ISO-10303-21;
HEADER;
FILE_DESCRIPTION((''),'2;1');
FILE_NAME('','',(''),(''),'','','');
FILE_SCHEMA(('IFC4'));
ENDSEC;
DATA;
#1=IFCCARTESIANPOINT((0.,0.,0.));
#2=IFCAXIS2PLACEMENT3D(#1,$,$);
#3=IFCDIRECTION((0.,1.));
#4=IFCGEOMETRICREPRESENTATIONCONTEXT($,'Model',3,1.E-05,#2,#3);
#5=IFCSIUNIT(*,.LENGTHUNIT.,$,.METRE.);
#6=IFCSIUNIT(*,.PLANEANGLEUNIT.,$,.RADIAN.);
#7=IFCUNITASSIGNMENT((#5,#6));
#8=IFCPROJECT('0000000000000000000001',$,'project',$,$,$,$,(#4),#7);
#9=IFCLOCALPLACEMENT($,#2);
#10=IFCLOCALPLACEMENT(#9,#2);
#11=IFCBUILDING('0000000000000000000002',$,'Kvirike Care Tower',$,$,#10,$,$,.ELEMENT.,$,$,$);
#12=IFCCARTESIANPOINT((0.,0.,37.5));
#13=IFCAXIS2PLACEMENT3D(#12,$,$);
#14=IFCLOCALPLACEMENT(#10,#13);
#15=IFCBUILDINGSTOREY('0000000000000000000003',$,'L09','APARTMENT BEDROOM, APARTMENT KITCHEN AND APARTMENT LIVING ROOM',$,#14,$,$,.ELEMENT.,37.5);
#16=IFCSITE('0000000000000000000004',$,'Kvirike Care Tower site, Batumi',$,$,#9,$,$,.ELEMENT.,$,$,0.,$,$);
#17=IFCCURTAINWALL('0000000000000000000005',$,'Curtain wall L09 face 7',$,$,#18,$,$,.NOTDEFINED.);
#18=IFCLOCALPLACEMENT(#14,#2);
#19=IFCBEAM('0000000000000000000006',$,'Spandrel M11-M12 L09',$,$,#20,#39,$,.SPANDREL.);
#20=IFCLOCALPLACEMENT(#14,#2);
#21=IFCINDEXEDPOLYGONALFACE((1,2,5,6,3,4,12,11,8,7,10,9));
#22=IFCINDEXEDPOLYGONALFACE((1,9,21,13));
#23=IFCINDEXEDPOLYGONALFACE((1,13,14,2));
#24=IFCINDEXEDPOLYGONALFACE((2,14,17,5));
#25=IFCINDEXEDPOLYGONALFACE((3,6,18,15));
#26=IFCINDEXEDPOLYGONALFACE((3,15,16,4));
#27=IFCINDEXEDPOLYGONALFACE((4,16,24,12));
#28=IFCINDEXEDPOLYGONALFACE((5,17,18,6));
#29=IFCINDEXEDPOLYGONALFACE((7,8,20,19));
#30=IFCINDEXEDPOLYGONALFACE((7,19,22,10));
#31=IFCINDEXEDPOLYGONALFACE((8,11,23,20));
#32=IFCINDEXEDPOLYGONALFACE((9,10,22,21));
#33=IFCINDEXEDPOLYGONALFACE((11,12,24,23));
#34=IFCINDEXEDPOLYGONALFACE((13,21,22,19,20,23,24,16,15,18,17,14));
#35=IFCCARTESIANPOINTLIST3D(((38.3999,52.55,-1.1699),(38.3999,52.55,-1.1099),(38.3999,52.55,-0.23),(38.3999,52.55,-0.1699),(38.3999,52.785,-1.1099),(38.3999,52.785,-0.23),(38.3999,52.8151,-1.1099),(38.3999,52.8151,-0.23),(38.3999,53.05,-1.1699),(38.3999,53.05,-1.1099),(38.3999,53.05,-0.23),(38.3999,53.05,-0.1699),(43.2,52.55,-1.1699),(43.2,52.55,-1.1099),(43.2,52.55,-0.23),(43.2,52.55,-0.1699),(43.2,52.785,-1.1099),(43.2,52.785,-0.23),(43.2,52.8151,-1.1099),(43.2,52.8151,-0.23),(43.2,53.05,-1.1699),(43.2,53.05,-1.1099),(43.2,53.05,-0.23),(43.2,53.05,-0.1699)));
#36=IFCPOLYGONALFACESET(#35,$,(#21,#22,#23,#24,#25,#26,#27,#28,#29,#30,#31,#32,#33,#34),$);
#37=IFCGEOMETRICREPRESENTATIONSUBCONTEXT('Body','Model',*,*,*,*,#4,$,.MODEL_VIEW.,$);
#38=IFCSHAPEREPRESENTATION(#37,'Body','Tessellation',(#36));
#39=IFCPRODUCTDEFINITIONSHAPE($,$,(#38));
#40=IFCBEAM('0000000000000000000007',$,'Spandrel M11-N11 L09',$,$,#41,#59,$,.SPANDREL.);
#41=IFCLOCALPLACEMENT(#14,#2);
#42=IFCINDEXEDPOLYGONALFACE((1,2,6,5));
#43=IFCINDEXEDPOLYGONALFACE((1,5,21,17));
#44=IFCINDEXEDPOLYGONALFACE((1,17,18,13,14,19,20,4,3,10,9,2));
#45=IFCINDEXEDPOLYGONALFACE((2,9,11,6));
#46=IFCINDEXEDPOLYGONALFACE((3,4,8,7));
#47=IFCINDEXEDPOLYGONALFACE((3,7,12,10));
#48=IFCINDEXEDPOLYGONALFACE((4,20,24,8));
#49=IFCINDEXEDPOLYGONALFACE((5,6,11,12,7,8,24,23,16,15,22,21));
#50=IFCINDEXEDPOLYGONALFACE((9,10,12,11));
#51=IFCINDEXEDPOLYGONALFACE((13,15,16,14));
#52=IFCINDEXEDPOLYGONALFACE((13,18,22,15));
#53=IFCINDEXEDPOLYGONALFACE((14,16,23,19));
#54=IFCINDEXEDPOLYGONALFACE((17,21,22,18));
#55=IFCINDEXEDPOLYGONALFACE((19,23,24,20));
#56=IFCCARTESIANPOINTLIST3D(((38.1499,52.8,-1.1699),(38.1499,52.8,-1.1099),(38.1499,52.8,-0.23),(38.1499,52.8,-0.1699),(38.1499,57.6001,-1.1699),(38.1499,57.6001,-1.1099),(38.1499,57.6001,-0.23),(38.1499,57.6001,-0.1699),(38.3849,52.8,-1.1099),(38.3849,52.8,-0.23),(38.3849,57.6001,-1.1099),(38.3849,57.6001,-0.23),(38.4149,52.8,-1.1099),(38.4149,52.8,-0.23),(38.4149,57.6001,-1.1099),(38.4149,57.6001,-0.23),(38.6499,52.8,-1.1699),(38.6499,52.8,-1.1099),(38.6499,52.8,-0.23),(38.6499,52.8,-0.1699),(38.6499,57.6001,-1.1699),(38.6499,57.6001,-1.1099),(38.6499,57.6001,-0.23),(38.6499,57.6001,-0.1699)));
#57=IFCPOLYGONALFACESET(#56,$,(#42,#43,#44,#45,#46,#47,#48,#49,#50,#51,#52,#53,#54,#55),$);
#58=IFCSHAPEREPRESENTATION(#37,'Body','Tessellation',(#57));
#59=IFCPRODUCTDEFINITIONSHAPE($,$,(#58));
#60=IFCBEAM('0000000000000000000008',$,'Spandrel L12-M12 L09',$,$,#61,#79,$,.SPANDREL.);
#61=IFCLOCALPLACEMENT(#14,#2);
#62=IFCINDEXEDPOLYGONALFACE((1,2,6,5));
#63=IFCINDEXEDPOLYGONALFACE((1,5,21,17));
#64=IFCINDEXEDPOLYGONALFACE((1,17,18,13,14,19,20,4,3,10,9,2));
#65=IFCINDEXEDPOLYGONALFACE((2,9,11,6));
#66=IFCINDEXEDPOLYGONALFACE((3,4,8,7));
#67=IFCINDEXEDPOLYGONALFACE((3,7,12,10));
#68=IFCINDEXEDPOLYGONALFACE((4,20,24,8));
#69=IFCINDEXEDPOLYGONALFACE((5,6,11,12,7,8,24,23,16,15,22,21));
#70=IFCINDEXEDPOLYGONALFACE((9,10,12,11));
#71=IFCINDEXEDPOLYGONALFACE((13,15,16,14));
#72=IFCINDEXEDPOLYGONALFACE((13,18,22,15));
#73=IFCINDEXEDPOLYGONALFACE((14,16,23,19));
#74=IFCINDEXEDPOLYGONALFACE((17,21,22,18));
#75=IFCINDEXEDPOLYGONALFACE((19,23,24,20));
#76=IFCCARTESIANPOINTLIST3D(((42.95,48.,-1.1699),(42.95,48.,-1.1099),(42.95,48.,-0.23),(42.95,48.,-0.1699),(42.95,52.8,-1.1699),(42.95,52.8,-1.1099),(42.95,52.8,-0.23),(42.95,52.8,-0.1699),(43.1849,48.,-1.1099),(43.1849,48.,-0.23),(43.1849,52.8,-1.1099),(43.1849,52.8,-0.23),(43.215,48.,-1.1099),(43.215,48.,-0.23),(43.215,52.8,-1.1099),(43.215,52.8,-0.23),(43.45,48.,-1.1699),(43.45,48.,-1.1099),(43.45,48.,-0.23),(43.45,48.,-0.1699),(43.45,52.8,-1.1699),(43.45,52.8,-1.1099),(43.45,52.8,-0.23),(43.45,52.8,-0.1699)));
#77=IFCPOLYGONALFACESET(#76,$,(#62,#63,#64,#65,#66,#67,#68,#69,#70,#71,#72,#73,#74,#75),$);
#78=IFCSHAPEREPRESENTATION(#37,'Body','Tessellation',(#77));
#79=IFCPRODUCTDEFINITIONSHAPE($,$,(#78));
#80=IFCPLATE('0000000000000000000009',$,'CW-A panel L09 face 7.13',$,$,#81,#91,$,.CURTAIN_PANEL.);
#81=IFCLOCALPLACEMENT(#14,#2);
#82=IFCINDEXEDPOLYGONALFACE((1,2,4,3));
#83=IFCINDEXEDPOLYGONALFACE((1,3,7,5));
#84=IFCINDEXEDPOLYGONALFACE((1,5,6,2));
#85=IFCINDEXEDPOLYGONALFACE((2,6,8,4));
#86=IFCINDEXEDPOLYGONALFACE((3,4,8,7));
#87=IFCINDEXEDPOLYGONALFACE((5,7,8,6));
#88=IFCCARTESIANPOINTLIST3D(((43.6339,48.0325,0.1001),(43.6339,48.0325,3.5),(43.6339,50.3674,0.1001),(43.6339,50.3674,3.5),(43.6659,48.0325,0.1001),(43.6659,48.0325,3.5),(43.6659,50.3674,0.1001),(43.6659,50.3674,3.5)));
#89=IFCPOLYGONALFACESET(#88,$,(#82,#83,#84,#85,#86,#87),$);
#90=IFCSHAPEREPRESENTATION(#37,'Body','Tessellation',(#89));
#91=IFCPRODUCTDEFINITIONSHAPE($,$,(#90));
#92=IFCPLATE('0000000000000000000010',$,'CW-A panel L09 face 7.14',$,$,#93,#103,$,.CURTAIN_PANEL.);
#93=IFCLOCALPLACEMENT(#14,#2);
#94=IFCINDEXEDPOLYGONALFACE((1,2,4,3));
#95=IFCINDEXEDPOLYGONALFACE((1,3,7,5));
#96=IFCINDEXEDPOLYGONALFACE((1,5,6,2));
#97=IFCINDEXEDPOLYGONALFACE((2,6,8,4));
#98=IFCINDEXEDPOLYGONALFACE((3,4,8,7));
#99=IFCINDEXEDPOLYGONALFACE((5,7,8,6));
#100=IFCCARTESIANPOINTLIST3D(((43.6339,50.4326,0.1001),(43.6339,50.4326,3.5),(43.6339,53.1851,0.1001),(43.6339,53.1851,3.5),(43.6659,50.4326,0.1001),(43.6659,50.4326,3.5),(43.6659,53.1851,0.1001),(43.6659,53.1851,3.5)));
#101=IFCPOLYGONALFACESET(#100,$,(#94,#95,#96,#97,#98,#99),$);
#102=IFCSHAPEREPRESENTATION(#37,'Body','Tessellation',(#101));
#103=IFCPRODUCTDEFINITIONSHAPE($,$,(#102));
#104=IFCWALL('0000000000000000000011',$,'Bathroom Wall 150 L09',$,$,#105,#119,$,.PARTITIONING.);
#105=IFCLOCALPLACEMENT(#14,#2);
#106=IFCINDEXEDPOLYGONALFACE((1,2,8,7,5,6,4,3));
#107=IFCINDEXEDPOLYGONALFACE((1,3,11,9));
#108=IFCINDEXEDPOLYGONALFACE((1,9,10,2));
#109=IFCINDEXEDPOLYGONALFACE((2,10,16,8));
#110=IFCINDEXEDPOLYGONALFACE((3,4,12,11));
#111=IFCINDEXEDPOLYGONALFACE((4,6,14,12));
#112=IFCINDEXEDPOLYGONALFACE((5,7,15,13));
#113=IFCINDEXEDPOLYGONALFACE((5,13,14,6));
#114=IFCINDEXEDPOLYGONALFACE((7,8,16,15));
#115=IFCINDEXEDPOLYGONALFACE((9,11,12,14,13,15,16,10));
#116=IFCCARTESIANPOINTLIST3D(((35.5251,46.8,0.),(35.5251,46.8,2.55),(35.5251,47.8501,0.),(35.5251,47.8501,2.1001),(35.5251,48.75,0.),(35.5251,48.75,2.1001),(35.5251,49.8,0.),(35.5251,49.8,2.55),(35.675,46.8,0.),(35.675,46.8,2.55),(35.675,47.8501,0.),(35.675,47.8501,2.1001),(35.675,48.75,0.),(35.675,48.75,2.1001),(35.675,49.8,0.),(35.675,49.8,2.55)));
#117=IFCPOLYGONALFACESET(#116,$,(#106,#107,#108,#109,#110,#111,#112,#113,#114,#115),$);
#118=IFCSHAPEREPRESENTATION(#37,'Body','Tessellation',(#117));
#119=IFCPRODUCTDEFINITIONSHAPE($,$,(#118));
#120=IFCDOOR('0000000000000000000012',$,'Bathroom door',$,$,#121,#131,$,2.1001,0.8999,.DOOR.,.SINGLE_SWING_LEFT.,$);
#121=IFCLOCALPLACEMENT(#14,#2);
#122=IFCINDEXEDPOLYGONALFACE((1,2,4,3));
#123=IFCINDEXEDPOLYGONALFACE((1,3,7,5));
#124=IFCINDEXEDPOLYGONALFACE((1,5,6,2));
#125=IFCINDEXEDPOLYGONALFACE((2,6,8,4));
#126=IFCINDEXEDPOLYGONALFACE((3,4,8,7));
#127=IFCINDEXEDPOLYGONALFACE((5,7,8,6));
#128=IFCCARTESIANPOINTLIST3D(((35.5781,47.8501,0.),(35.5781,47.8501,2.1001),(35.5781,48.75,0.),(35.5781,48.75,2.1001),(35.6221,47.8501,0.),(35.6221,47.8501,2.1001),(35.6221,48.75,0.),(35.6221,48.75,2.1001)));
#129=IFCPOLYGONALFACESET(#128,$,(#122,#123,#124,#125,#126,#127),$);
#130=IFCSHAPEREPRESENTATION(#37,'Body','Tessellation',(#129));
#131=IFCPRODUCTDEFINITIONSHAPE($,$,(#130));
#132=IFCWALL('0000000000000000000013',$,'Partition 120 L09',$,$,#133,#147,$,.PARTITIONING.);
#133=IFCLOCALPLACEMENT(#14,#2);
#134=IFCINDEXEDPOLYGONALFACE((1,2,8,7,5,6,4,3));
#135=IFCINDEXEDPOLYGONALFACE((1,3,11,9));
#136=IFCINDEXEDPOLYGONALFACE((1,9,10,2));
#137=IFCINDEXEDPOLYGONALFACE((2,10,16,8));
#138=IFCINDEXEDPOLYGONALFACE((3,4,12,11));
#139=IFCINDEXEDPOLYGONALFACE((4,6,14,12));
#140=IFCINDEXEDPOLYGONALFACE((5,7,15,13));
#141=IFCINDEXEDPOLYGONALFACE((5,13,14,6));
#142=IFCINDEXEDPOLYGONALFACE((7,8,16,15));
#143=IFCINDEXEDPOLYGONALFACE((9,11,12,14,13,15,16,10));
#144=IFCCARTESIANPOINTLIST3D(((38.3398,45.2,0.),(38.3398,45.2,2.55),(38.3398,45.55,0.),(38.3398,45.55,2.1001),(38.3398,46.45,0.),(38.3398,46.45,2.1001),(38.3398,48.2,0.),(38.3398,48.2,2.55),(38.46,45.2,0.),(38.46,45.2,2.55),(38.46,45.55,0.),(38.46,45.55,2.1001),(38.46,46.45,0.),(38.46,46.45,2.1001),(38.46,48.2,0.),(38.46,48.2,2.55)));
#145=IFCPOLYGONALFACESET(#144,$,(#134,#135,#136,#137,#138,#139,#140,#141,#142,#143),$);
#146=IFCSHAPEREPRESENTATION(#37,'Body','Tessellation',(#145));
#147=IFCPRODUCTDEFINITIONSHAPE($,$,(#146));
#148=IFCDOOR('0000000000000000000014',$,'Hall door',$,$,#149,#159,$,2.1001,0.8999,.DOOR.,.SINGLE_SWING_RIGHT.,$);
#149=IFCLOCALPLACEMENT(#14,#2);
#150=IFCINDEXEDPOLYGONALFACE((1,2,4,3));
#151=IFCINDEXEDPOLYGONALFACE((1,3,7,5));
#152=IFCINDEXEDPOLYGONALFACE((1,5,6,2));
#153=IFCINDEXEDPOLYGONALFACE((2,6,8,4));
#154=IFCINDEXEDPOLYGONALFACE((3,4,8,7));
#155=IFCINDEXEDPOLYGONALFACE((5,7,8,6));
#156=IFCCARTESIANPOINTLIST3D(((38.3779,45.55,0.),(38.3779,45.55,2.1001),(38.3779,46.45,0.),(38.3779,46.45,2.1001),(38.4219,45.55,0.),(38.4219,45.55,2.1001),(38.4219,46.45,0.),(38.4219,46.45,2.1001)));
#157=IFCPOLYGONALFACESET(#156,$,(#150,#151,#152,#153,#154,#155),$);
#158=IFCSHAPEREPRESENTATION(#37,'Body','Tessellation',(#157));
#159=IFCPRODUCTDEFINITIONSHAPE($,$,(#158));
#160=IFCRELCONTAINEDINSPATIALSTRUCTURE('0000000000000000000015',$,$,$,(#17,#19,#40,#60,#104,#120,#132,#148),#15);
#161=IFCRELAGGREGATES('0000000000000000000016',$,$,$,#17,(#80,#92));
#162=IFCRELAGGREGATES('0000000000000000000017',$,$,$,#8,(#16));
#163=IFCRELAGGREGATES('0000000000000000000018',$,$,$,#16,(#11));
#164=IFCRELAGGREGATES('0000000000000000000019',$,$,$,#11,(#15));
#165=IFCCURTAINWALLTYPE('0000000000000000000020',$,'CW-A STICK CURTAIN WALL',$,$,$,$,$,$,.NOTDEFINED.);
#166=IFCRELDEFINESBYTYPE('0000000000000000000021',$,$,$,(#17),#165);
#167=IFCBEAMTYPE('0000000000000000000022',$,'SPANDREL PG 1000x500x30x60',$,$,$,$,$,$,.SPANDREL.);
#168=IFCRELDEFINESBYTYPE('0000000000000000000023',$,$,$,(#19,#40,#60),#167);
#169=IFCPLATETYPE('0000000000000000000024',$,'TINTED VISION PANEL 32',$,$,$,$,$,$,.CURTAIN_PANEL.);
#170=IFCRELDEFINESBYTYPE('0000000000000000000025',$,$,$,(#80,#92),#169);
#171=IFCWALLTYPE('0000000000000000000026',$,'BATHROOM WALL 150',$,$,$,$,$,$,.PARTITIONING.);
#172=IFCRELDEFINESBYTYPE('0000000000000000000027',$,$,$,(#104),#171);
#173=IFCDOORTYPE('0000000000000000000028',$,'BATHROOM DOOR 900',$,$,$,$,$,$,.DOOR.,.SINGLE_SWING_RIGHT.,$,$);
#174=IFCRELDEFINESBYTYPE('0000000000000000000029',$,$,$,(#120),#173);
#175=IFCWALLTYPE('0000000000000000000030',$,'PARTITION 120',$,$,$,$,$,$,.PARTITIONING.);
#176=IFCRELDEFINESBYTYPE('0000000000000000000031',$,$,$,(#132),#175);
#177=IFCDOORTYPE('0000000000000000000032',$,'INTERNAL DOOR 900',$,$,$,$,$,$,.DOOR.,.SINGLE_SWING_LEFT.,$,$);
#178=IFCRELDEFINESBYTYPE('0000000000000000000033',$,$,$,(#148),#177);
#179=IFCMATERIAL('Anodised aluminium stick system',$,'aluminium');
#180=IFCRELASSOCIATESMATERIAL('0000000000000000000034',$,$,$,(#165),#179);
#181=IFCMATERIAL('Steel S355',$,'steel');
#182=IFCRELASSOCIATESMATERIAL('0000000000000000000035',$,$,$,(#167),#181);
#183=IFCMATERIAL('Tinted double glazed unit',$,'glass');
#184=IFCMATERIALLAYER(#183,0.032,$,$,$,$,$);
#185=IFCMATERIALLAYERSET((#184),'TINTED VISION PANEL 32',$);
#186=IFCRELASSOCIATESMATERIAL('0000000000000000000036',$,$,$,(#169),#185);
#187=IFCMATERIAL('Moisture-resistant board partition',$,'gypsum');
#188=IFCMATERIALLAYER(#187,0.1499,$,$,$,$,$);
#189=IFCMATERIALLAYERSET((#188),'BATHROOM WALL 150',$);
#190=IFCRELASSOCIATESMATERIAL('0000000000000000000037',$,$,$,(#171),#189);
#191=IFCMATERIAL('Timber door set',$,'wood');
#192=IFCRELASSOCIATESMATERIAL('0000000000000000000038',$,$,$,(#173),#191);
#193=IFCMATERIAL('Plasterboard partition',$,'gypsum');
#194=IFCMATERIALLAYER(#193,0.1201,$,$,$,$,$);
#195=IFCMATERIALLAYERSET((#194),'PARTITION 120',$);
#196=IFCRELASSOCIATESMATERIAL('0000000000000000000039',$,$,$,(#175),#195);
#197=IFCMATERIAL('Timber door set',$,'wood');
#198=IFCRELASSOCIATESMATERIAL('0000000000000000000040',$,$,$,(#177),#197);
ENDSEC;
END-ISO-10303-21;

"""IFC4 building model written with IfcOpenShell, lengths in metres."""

from ifc_helpers import new_model, si_unit, direction, frame, frame_2d, origin, origin_2d, place, context, subcontext, project, spatial, rectangle, i_section, extrude, material, layer, layer_set, material_profile, profile_set, type_object, element, fill, aggregate, save


model = new_model("IFC4")

# Units and contexts
model_context = context("Model", 3, precision=1e-05, world=origin(), true_north=direction((0.0, 1.0)))
body_context = subcontext(model_context, "Body", "Model", "MODEL_VIEW")
ifc_project = project(units=[si_unit("LENGTHUNIT", "METRE"), si_unit("PLANEANGLEUNIT", "RADIAN")], contexts=[model_context])

# Site, building, storey
site_placement = place(None, origin())
site = spatial("IfcSite", under=ifc_project, at=site_placement, Name="Kvirike Care Tower site, Batumi", CompositionType="ELEMENT", RefElevation=0.0)
building_placement = place(site_placement, origin())
building = spatial("IfcBuilding", under=site, at=building_placement, Name="Kvirike Care Tower", CompositionType="ELEMENT")
storey_placement = place(building_placement, frame((0.0, 0.0, 37.5)))
storey = spatial("IfcBuildingStorey", under=building, at=storey_placement, Name="L09", Description="APARTMENT BEDROOM, APARTMENT KITCHEN AND APARTMENT LIVING ROOM", CompositionType="ELEMENT", Elevation=37.5)

# Curtain wall
ifc_material_1 = material(Name="Anodised aluminium stick system", Category="aluminium")
curtain_wall_type = type_object("IfcCurtainWallType", Name="CW-A STICK CURTAIN WALL", PredefinedType="NOTDEFINED", material=ifc_material_1)
curtain_wall_placement = place(storey_placement, origin())
curtain_wall = element("IfcCurtainWall", 1, at=curtain_wall_placement, inside=storey, type_object=curtain_wall_type, Name="Curtain wall L09 face 7", PredefinedType="NOTDEFINED")

# Beams
ifc_material_2 = material(Name="Steel S355", Category="steel")
ifc_material_profile_1 = material_profile(ifc_material_2, i_section(OverallWidth=0.5, OverallDepth=1.0, WebThickness=0.03, FlangeThickness=0.0601, at=origin_2d()), Name="PG 1000x500x30x60")
ifc_profile_set_1 = profile_set([ifc_material_profile_1], Name="Steel S355")
beam_type = type_object("IfcBeamType", Name="SPANDREL PG 1000x500x30x60", PredefinedType="SPANDREL", material=ifc_profile_set_1)
for number, where, z_axis, x_axis, name in (
    (2, (38.3999, 52.8, -0.6699), (1.0, 0.0, 0.0), (0.0, 1.0, 0.0), "Spandrel M11-M12 L09"),
    (3, (38.3999, 52.8, -0.6699), (0.0, 1.0, 0.0), (-1.0, 0.0, 0.0), "Spandrel M11-N11 L09"),
    (4, (43.2, 48.0, -0.6699), (0.0, 1.0, 0.0), (-1.0, 0.0, 0.0), "Spandrel L12-M12 L09"),
):
    element("IfcBeam", number, at=place(storey_placement, frame(where, z_axis=z_axis, x_axis=x_axis)), inside=storey, type_object=beam_type, Name=name, PredefinedType="SPANDREL", context=body_context, shape_type="SweptSolid", body=[
        extrude(i_section(OverallWidth=0.5, OverallDepth=1.0, WebThickness=0.03, FlangeThickness=0.0601, at=origin_2d()), origin(), (0.0, 0.0, 1.0), 4.8),
    ])

# Plates
ifc_material_3 = material(Name="Tinted double glazed unit", Category="glass")
ifc_layer_1 = layer(ifc_material_3, 0.032)
ifc_layer_set_1 = layer_set([ifc_layer_1], Name="TINTED VISION PANEL 32")
plate_type = type_object("IfcPlateType", Name="TINTED VISION PANEL 32", PredefinedType="CURTAIN_PANEL", material=ifc_layer_set_1)
plate_1_placement = place(storey_placement, frame((43.6499, 49.2, 0.1001), z_axis=(0.0, 0.0, 1.0), x_axis=(0.0, 1.0, 0.0)))
plate_1 = element("IfcPlate", 5, at=plate_1_placement, type_object=plate_type, Name="CW-A panel L09 face 7.13", PredefinedType="CURTAIN_PANEL", context=body_context, shape_type="SweptSolid", body=[
    extrude(rectangle(XDim=2.335, YDim=0.032, at=origin_2d()), origin(), (0.0, 0.0, 1.0), 3.3999),
])
plate_2_placement = place(storey_placement, frame((43.6499, 51.8088, 0.1001), z_axis=(0.0, 0.0, 1.0), x_axis=(0.0, 1.0, 0.0)))
plate_2 = element("IfcPlate", 6, at=plate_2_placement, type_object=plate_type, Name="CW-A panel L09 face 7.14", PredefinedType="CURTAIN_PANEL", context=body_context, shape_type="SweptSolid", body=[
    extrude(rectangle(XDim=2.7524, YDim=0.032, at=origin_2d()), origin(), (0.0, 0.0, 1.0), 3.3999),
])
aggregate(curtain_wall, [plate_1, plate_2])

# Walls, openings, doors
ifc_material_4 = material(Name="Moisture-resistant board partition", Category="gypsum")
ifc_layer_2 = layer(ifc_material_4, 0.1499)
ifc_layer_set_2 = layer_set([ifc_layer_2], Name="BATHROOM WALL 150")
wall_type_1 = type_object("IfcWallType", Name="BATHROOM WALL 150", PredefinedType="PARTITIONING", material=ifc_layer_set_2)
wall_1_placement = place(storey_placement, frame((35.6001, 49.8, 0.0), z_axis=(0.0, 0.0, 1.0), x_axis=(0.0, -1.0, 0.0)))
wall_1 = element("IfcWall", 7, at=wall_1_placement, inside=storey, type_object=wall_type_1, Name="Bathroom Wall 150 L09", PredefinedType="PARTITIONING", context=body_context, shape_type="SweptSolid", body=[
    extrude(rectangle(XDim=3.0, YDim=0.1499, at=frame_2d((1.5, 0.0))), origin(), (0.0, 0.0, 1.0), 2.55),
])
opening_1_placement = place(wall_1_placement, frame((1.05, 0.0, 0.0)))
opening_1 = element("IfcOpeningElement", 8, at=opening_1_placement, cuts=wall_1, PredefinedType="OPENING", context=body_context, shape_type="SweptSolid", body=[
    extrude(rectangle(XDim=0.8999, YDim=2.1001, at=frame_2d((0.45, 1.05))), frame((0.0, 0.0854, 0.0), z_axis=(0.0, -1.0, 0.0), x_axis=(1.0, 0.0, 0.0)), (0.0, 0.0, 1.0), 0.1709),
])
ifc_material_5 = material(Name="Timber door set", Category="wood")
door_type_1 = type_object("IfcDoorType", Name="BATHROOM DOOR 900", OperationType="SINGLE_SWING_RIGHT", PredefinedType="DOOR", material=ifc_material_5)
door_1_placement = place(opening_1_placement, origin())
door_1 = element("IfcDoor", 9, at=door_1_placement, inside=storey, type_object=door_type_1, Name="Bathroom door", OperationType="SINGLE_SWING_LEFT", OverallHeight=2.1001, OverallWidth=0.8999, PredefinedType="DOOR", context=body_context, shape_type="SweptSolid", body=[
    extrude(rectangle(XDim=0.8999, YDim=2.1001, at=frame_2d((0.45, 1.05))), frame((0.0, 0.022, 0.0), z_axis=(0.0, -1.0, 0.0), x_axis=(1.0, 0.0, 0.0)), (0.0, 0.0, 1.0), 0.0439),
])
fill(opening_1, door_1)
ifc_material_6 = material(Name="Plasterboard partition", Category="gypsum")
ifc_layer_3 = layer(ifc_material_6, 0.1201)
ifc_layer_set_3 = layer_set([ifc_layer_3], Name="PARTITION 120")
wall_type_2 = type_object("IfcWallType", Name="PARTITION 120", PredefinedType="PARTITIONING", material=ifc_layer_set_3)
wall_2_placement = place(storey_placement, frame((38.3999, 48.2, 0.0), z_axis=(0.0, 0.0, 1.0), x_axis=(0.0, -1.0, 0.0)))
wall_2 = element("IfcWall", 10, at=wall_2_placement, inside=storey, type_object=wall_type_2, Name="Partition 120 L09", PredefinedType="PARTITIONING", context=body_context, shape_type="SweptSolid", body=[
    extrude(rectangle(XDim=3.0, YDim=0.1201, at=frame_2d((1.5, 0.0))), origin(), (0.0, 0.0, 1.0), 2.55),
])
opening_2_placement = place(wall_2_placement, frame((1.75, 0.0, 0.0)))
opening_2 = element("IfcOpeningElement", 11, at=opening_2_placement, cuts=wall_2, PredefinedType="OPENING", context=body_context, shape_type="SweptSolid", body=[
    extrude(rectangle(XDim=0.8999, YDim=2.1001, at=frame_2d((0.45, 1.05))), frame((0.0, 0.0706, 0.0), z_axis=(0.0, -1.0, 0.0), x_axis=(1.0, 0.0, 0.0)), (0.0, 0.0, 1.0), 0.1411),
])
ifc_material_7 = material(Name="Timber door set", Category="wood")
door_type_2 = type_object("IfcDoorType", Name="INTERNAL DOOR 900", OperationType="SINGLE_SWING_LEFT", PredefinedType="DOOR", material=ifc_material_7)
door_2_placement = place(opening_2_placement, origin())
door_2 = element("IfcDoor", 12, at=door_2_placement, inside=storey, type_object=door_type_2, Name="Hall door", OperationType="SINGLE_SWING_RIGHT", OverallHeight=2.1001, OverallWidth=0.8999, PredefinedType="DOOR", context=body_context, shape_type="SweptSolid", body=[
    extrude(rectangle(XDim=0.8999, YDim=2.1001, at=frame_2d((0.45, 1.05))), frame((0.0, 0.022, 0.0), z_axis=(0.0, -1.0, 0.0), x_axis=(1.0, 0.0, 0.0)), (0.0, 0.0, 1.0), 0.0439),
])
fill(opening_2, door_2)

save(model, "model.ifc")
